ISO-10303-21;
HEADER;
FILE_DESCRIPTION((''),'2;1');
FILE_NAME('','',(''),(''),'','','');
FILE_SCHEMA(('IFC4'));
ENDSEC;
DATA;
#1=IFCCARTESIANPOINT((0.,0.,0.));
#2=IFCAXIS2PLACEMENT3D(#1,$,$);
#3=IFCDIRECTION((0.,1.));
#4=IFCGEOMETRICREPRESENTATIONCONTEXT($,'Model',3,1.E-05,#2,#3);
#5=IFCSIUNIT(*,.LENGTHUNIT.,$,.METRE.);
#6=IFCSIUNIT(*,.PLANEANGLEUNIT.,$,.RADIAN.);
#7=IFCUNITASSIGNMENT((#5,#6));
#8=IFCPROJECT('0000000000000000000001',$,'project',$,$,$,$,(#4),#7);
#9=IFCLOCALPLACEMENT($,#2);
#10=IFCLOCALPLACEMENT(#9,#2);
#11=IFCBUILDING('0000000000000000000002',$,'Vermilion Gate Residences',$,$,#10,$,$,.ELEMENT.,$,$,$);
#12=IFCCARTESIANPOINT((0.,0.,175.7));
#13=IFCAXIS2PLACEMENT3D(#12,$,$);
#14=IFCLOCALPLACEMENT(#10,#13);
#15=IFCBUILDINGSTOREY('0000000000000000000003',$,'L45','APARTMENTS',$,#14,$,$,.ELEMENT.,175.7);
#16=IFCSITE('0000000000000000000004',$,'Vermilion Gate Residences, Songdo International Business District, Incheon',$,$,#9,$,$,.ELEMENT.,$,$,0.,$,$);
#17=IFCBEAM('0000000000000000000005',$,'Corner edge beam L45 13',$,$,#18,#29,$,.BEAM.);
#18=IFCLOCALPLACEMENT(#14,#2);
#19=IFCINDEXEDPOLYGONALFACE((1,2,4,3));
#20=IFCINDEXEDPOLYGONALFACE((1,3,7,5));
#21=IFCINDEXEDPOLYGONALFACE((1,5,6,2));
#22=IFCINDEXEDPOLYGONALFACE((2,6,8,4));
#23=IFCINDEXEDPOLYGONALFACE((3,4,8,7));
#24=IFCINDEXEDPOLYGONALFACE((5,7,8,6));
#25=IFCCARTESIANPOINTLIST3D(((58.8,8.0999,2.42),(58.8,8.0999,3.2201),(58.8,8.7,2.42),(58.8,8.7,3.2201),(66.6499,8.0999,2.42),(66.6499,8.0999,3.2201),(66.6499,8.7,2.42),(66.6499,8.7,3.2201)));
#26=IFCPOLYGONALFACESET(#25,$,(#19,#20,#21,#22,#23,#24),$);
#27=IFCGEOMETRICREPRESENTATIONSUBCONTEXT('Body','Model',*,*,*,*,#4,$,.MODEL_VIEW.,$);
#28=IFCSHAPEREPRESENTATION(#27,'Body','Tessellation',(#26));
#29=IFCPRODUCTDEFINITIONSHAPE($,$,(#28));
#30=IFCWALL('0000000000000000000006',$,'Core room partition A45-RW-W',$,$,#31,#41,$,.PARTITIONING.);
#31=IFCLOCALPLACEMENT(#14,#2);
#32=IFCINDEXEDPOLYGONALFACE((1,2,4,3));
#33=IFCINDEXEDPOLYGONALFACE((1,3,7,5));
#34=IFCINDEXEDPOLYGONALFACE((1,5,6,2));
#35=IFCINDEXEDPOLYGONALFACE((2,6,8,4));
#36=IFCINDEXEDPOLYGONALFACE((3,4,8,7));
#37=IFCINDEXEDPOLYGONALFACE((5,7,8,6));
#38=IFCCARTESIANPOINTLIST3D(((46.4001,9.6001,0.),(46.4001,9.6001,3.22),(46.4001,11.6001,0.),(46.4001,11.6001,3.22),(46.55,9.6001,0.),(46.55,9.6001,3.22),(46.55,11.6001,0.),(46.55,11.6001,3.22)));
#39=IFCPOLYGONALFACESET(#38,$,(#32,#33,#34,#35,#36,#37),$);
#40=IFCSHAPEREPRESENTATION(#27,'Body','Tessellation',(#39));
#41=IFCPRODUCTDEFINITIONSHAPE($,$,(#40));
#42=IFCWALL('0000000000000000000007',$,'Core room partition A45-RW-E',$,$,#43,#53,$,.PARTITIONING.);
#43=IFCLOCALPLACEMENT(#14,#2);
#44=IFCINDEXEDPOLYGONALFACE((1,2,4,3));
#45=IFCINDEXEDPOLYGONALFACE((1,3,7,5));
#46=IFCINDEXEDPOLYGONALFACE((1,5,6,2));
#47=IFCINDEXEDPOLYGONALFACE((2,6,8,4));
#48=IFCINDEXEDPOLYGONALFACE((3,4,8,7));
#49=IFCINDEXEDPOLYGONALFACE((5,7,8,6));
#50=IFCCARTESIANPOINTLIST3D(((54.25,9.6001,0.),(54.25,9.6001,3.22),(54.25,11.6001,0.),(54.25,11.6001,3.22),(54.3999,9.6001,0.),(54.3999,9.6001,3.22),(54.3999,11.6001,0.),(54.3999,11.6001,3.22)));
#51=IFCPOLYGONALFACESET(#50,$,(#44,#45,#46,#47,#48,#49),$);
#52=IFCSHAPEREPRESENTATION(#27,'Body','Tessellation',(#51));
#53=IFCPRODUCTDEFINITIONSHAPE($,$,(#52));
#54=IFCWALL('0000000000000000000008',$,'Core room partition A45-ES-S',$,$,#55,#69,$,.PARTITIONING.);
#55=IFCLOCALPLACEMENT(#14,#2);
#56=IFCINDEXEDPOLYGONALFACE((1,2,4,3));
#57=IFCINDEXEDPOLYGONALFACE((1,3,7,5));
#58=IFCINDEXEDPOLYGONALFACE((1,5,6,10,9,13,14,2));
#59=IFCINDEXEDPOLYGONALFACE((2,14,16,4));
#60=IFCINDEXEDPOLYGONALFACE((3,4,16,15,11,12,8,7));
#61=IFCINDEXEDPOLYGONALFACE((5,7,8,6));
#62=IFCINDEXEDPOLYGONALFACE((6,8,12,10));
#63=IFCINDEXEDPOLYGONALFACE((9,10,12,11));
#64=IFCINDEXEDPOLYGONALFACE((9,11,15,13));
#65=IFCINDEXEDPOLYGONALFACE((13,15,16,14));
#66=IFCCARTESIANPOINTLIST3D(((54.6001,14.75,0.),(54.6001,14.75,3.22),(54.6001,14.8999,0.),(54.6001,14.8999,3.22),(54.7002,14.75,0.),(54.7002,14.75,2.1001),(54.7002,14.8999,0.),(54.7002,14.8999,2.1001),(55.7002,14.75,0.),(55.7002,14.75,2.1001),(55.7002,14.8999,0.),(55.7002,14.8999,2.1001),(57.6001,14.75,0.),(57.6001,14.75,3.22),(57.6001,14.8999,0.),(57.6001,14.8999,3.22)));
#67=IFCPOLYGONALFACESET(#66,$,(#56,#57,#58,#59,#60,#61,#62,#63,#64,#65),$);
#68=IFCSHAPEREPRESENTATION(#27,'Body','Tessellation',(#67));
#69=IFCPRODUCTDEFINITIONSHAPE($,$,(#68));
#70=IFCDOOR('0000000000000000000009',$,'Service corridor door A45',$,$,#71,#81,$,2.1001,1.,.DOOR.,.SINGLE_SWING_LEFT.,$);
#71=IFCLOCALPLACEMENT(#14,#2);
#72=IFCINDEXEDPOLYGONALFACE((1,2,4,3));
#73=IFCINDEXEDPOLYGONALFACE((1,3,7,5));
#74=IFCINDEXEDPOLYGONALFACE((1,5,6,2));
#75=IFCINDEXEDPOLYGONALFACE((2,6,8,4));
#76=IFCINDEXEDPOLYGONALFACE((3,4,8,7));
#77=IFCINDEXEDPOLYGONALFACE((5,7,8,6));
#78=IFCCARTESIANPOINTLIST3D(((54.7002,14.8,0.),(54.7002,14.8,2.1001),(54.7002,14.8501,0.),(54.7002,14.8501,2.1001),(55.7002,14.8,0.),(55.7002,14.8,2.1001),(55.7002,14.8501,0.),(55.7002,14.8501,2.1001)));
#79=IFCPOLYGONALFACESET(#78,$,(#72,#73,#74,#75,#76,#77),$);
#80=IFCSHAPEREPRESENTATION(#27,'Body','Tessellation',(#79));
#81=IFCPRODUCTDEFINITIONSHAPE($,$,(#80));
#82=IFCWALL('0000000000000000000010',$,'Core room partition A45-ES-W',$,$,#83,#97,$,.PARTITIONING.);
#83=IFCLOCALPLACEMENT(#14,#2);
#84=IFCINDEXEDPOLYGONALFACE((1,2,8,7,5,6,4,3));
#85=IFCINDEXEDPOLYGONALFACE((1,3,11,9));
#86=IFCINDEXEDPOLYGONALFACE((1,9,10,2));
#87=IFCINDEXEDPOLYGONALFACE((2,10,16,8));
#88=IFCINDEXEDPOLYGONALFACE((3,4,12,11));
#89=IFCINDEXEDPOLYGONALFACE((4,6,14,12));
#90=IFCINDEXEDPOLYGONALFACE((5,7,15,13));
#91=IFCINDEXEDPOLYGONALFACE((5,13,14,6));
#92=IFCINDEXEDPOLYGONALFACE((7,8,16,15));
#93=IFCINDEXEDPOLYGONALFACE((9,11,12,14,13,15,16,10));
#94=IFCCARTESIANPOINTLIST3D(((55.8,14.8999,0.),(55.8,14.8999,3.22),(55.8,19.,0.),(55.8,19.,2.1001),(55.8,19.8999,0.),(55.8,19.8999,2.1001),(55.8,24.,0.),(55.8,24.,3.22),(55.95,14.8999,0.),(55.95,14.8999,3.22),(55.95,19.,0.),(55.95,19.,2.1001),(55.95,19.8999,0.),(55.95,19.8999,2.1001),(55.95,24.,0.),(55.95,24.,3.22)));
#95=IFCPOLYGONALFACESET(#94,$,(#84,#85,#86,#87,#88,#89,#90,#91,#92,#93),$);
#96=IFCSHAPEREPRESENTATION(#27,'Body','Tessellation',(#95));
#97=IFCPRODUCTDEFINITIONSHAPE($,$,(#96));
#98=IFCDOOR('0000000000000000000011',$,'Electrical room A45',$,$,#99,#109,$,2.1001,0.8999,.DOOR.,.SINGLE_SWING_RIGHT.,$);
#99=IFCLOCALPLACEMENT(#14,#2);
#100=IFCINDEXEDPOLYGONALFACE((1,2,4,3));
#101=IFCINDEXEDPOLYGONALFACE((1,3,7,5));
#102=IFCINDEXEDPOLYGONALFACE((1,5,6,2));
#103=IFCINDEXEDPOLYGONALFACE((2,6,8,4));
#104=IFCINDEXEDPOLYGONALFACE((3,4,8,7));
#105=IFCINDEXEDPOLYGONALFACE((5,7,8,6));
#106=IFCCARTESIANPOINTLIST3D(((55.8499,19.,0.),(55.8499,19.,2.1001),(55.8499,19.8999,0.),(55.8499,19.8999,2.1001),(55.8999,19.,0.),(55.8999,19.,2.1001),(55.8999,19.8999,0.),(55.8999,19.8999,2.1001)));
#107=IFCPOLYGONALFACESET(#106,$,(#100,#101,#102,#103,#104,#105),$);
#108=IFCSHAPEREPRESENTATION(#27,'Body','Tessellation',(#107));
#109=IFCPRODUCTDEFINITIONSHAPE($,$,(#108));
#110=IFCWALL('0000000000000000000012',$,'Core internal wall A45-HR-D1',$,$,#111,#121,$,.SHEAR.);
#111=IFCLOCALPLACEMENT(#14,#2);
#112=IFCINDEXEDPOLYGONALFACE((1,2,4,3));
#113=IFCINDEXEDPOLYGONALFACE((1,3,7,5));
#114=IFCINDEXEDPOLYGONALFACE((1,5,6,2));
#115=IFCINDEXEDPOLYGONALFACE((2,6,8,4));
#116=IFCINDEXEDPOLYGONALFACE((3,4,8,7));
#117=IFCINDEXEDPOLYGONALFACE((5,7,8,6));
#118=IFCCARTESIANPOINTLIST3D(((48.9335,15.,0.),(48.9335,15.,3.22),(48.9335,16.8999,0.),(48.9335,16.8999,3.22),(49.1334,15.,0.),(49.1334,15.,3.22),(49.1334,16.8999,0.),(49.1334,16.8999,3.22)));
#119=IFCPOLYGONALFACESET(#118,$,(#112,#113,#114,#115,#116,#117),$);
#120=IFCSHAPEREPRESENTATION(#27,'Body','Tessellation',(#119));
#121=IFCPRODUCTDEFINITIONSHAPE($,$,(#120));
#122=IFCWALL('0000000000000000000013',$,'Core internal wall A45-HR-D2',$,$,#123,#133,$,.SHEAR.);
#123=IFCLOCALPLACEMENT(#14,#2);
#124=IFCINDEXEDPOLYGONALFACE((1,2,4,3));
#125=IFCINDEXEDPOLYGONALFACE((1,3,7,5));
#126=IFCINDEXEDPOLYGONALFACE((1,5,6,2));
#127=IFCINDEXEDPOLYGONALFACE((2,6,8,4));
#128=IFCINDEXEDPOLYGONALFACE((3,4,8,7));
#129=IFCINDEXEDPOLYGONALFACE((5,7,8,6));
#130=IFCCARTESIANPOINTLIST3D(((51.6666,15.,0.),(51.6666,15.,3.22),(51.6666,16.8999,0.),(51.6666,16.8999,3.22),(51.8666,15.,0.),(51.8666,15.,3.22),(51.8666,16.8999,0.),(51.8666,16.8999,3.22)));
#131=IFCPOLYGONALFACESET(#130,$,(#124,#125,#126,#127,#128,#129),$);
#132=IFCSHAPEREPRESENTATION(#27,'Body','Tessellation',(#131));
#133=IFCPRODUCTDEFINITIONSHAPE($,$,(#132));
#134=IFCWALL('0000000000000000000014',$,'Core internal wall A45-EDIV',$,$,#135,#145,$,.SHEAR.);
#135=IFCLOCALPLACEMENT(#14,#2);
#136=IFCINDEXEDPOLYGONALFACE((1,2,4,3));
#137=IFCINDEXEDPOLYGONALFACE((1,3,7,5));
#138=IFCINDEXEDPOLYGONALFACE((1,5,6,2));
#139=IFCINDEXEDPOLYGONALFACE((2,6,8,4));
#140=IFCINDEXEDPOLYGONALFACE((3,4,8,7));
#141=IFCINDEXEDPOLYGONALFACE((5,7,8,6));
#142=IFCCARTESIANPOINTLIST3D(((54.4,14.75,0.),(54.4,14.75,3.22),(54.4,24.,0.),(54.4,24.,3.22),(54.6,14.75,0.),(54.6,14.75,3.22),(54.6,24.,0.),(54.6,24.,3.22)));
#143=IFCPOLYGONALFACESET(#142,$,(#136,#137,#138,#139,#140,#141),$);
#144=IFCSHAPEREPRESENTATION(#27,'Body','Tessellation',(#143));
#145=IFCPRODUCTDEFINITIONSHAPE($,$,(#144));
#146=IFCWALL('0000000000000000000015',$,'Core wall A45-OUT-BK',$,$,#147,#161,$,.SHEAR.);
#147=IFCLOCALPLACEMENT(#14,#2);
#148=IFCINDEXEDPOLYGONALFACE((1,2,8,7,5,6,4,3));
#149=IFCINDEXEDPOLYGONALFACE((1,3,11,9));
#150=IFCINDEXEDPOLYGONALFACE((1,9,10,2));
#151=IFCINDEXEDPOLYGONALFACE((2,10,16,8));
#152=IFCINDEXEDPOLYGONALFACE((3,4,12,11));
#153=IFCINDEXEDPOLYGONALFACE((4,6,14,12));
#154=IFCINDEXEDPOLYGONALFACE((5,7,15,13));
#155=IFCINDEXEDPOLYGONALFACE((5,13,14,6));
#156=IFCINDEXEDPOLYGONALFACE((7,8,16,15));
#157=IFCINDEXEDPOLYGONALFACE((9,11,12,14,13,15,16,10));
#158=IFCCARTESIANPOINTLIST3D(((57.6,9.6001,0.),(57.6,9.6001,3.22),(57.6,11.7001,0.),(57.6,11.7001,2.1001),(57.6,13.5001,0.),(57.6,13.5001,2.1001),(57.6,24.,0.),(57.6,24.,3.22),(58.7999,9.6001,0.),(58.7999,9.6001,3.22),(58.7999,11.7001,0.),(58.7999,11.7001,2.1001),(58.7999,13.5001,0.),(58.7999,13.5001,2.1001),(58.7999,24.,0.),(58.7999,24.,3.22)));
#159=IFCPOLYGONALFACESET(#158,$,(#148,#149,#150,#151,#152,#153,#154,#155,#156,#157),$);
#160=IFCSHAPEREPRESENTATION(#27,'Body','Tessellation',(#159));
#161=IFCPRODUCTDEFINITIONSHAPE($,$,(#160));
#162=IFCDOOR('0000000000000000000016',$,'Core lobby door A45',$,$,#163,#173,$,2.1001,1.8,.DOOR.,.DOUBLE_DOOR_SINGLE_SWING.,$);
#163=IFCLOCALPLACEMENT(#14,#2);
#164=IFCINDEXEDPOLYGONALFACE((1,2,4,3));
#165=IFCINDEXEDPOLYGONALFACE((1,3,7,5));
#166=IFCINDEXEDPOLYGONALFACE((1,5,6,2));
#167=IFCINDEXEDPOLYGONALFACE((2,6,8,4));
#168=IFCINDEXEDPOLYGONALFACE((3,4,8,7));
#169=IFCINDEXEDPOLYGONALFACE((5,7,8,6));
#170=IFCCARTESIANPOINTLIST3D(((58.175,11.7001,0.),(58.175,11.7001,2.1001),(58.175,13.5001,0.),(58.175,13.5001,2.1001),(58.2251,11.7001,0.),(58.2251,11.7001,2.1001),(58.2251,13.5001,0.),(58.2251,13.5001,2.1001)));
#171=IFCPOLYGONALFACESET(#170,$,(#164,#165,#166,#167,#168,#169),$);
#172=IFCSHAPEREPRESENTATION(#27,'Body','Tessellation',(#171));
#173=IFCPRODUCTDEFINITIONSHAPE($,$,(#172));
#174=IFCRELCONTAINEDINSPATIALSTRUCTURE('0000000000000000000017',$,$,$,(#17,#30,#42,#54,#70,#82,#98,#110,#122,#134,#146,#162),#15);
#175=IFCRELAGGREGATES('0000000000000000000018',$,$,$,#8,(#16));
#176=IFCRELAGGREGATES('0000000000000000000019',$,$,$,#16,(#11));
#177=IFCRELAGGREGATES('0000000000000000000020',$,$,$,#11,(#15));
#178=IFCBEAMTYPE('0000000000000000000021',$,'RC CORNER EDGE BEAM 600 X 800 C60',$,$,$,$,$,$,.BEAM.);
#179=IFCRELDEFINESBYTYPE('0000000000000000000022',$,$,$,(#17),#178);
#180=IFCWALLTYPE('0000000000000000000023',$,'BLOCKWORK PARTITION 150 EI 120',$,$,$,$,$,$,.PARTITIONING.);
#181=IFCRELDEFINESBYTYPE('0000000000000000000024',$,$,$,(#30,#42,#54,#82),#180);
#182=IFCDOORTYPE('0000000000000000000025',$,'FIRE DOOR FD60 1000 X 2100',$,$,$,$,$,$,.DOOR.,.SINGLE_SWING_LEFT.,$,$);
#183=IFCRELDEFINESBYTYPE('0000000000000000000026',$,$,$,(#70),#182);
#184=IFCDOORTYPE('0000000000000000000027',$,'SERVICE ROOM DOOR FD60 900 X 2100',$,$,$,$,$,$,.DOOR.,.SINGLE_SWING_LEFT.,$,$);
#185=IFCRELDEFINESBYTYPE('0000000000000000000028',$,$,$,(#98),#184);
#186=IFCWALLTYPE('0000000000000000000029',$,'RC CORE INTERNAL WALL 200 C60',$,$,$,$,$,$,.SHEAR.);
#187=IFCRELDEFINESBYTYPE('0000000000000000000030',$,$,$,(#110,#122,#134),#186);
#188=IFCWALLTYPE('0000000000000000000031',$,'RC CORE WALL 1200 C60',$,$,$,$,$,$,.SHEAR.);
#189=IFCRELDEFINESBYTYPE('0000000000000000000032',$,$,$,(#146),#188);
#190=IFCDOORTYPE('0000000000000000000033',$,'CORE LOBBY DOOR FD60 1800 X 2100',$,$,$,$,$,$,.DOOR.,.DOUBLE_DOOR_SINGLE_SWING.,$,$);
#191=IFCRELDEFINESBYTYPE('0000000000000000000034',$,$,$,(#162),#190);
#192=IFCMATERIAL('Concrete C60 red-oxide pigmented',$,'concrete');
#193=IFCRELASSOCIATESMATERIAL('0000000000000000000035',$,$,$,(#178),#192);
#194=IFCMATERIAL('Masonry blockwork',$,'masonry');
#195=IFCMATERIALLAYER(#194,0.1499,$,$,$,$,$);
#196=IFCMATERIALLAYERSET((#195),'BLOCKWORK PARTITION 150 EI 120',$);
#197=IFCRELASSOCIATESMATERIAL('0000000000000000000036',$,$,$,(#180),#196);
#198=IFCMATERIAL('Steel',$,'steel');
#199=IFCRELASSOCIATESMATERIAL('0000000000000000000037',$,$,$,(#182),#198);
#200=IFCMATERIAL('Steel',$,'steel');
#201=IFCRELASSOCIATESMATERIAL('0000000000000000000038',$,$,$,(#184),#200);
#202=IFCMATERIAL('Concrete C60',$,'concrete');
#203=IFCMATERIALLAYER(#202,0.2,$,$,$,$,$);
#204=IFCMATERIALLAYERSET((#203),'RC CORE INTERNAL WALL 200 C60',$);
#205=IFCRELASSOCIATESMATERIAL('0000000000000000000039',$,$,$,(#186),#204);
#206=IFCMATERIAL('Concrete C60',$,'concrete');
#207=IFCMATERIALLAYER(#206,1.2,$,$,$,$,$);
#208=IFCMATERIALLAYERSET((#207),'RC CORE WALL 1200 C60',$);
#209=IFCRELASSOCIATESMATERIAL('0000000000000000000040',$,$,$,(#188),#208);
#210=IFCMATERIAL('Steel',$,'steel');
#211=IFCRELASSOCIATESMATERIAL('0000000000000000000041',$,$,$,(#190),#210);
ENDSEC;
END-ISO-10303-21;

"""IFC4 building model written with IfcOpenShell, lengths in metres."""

from ifc_helpers import new_model, si_unit, direction, frame, frame_2d, origin, origin_2d, place, context, subcontext, project, spatial, rectangle, extrude, material, layer, layer_set, material_profile, profile_set, type_object, element, fill, save


model = new_model("IFC4")

# Units and contexts
model_context = context("Model", 3, precision=1e-05, world=origin(), true_north=direction((0.0, 1.0)))
body_context = subcontext(model_context, "Body", "Model", "MODEL_VIEW")
ifc_project = project(units=[si_unit("LENGTHUNIT", "METRE"), si_unit("PLANEANGLEUNIT", "RADIAN")], contexts=[model_context])

# Site, building, storey
site_placement = place(None, origin())
site = spatial("IfcSite", under=ifc_project, at=site_placement, Name="Vermilion Gate Residences, Songdo International Business District, Incheon", CompositionType="ELEMENT", RefElevation=0.0)
building_placement = place(site_placement, origin())
building = spatial("IfcBuilding", under=site, at=building_placement, Name="Vermilion Gate Residences", CompositionType="ELEMENT")
storey_placement = place(building_placement, frame((0.0, 0.0, 175.7)))
storey = spatial("IfcBuildingStorey", under=building, at=storey_placement, Name="L45", Description="APARTMENTS", CompositionType="ELEMENT", Elevation=175.7)

# Beam
ifc_material_1 = material(Name="Concrete C60 red-oxide pigmented", Category="concrete")
ifc_material_profile = material_profile(ifc_material_1, rectangle(XDim=0.6001, YDim=0.8, at=origin_2d()), Name="RC-600x800")
ifc_profile_set = profile_set([ifc_material_profile], Name="Concrete C60 red-oxide pigmented")
beam_type = type_object("IfcBeamType", Name="RC CORNER EDGE BEAM 600 X 800 C60", PredefinedType="BEAM", material=ifc_profile_set)
beam_placement = place(storey_placement, frame((58.8, 8.3999, 2.8201), z_axis=(1.0, 0.0, 0.0), x_axis=(0.0, 1.0, 0.0)))
element("IfcBeam", 1, at=beam_placement, inside=storey, type_object=beam_type, Name="Corner edge beam L45 13", PredefinedType="BEAM", context=body_context, shape_type="SweptSolid", body=[
    extrude(rectangle(XDim=0.6001, YDim=0.8, at=origin_2d()), origin(), (0.0, 0.0, 1.0), 7.8499),
])

# Walls
ifc_material_2 = material(Name="Masonry blockwork", Category="masonry")
ifc_layer_1 = layer(ifc_material_2, 0.1499)
ifc_layer_set_1 = layer_set([ifc_layer_1], Name="BLOCKWORK PARTITION 150 EI 120")
wall_type_1 = type_object("IfcWallType", Name="BLOCKWORK PARTITION 150 EI 120", PredefinedType="PARTITIONING", material=ifc_layer_set_1)
for number, where, z_axis, x_axis, name in (
    (2, (46.4751, 9.6001, 0.0), (0.0, 0.0, 1.0), (0.0, 1.0, 0.0), "Core room partition A45-RW-W"),
    (3, (54.325, 9.6001, 0.0), (0.0, 0.0, 1.0), (0.0, 1.0, 0.0), "Core room partition A45-RW-E"),
):
    element("IfcWall", number, at=place(storey_placement, frame(where, z_axis=z_axis, x_axis=x_axis)), inside=storey, type_object=wall_type_1, Name=name, PredefinedType="PARTITIONING", context=body_context, shape_type="SweptSolid", body=[
        extrude(rectangle(XDim=2.0, YDim=0.1499, at=frame_2d((1.0, 0.0))), origin(), (0.0, 0.0, 1.0), 3.22),
    ])

# Walls, openings, doors
wall_1_placement = place(storey_placement, frame((54.6001, 14.825, 0.0), z_axis=(0.0, 0.0, 1.0), x_axis=(1.0, 0.0, 0.0)))
wall_1 = element("IfcWall", 4, at=wall_1_placement, inside=storey, type_object=wall_type_1, Name="Core room partition A45-ES-S", PredefinedType="PARTITIONING", context=body_context, shape_type="SweptSolid", body=[
    extrude(rectangle(XDim=3.0, YDim=0.1499, at=frame_2d((1.5, 0.0))), origin(), (0.0, 0.0, 1.0), 3.22),
])
opening_1_placement = place(wall_1_placement, frame((0.1001, 0.0, 0.0)))
opening_1 = element("IfcOpeningElement", 5, at=opening_1_placement, cuts=wall_1, PredefinedType="OPENING", context=body_context, shape_type="SweptSolid", body=[
    extrude(rectangle(XDim=1.0, YDim=2.1001, at=frame_2d((0.5, 1.05))), frame((0.0, 0.085, 0.0), z_axis=(0.0, -1.0, 0.0), x_axis=(1.0, 0.0, 0.0)), (0.0, 0.0, 1.0), 0.1699),
])
ifc_material_3 = material(Name="Steel", Category="steel")
door_type_1 = type_object("IfcDoorType", Name="FIRE DOOR FD60 1000 X 2100", OperationType="SINGLE_SWING_LEFT", PredefinedType="DOOR", material=ifc_material_3)
door_1_placement = place(opening_1_placement, frame((1.0, 0.0, 0.0), z_axis=(0.0, 0.0, 1.0), x_axis=(-1.0, 0.0, 0.0)))
door_1 = element("IfcDoor", 6, at=door_1_placement, inside=storey, type_object=door_type_1, Name="Service corridor door A45", OperationType="SINGLE_SWING_LEFT", OverallHeight=2.1001, OverallWidth=1.0, PredefinedType="DOOR", context=body_context, shape_type="SweptSolid", body=[
    extrude(rectangle(XDim=1.0, YDim=2.1001, at=frame_2d((0.5, 1.05))), frame((0.0, 0.0249, 0.0), z_axis=(0.0, -1.0, 0.0), x_axis=(1.0, 0.0, 0.0)), (0.0, 0.0, 1.0), 0.05),
])
fill(opening_1, door_1)
wall_2_placement = place(storey_placement, frame((55.875, 14.8999, 0.0), z_axis=(0.0, 0.0, 1.0), x_axis=(0.0, 1.0, 0.0)))
wall_2 = element("IfcWall", 7, at=wall_2_placement, inside=storey, type_object=wall_type_1, Name="Core room partition A45-ES-W", PredefinedType="PARTITIONING", context=body_context, shape_type="SweptSolid", body=[
    extrude(rectangle(XDim=9.1001, YDim=0.1499, at=frame_2d((4.55, 0.0))), origin(), (0.0, 0.0, 1.0), 3.22),
])
opening_2_placement = place(wall_2_placement, frame((4.1001, 0.0, 0.0)))
opening_2 = element("IfcOpeningElement", 8, at=opening_2_placement, cuts=wall_2, PredefinedType="OPENING", context=body_context, shape_type="SweptSolid", body=[
    extrude(rectangle(XDim=0.8999, YDim=2.1001, at=frame_2d((0.45, 1.05))), frame((0.0, 0.085, 0.0), z_axis=(0.0, -1.0, 0.0), x_axis=(1.0, 0.0, 0.0)), (0.0, 0.0, 1.0), 0.1699),
])
ifc_material_4 = material(Name="Steel", Category="steel")
door_type_2 = type_object("IfcDoorType", Name="SERVICE ROOM DOOR FD60 900 X 2100", OperationType="SINGLE_SWING_LEFT", PredefinedType="DOOR", material=ifc_material_4)
door_2_placement = place(opening_2_placement, frame((0.8999, 0.0, 0.0), z_axis=(0.0, 0.0, 1.0), x_axis=(-1.0, 0.0, 0.0)))
door_2 = element("IfcDoor", 9, at=door_2_placement, inside=storey, type_object=door_type_2, Name="Electrical room A45", OperationType="SINGLE_SWING_RIGHT", OverallHeight=2.1001, OverallWidth=0.8999, PredefinedType="DOOR", context=body_context, shape_type="SweptSolid", body=[
    extrude(rectangle(XDim=0.8999, YDim=2.1001, at=frame_2d((0.45, 1.05))), frame((0.0, 0.0249, 0.0), z_axis=(0.0, -1.0, 0.0), x_axis=(1.0, 0.0, 0.0)), (0.0, 0.0, 1.0), 0.05),
])
fill(opening_2, door_2)

# Walls
ifc_material_5 = material(Name="Concrete C60", Category="concrete")
ifc_layer_2 = layer(ifc_material_5, 0.2)
ifc_layer_set_2 = layer_set([ifc_layer_2], Name="RC CORE INTERNAL WALL 200 C60")
wall_type_2 = type_object("IfcWallType", Name="RC CORE INTERNAL WALL 200 C60", PredefinedType="SHEAR", material=ifc_layer_set_2)
for number, where, z_axis, x_axis, name in (
    (10, (49.0334, 15.0, 0.0), (0.0, 0.0, 1.0), (0.0, 1.0, 0.0), "Core internal wall A45-HR-D1"),
    (11, (51.7666, 15.0, 0.0), (0.0, 0.0, 1.0), (0.0, 1.0, 0.0), "Core internal wall A45-HR-D2"),
):
    element("IfcWall", number, at=place(storey_placement, frame(where, z_axis=z_axis, x_axis=x_axis)), inside=storey, type_object=wall_type_2, Name=name, PredefinedType="SHEAR", context=body_context, shape_type="SweptSolid", body=[
        extrude(rectangle(XDim=1.8999, YDim=0.2, at=frame_2d((0.95, 0.0))), origin(), (0.0, 0.0, 1.0), 3.22),
    ])
wall_3_placement = place(storey_placement, frame((54.5, 14.75, 0.0), z_axis=(0.0, 0.0, 1.0), x_axis=(0.0, 1.0, 0.0)))
element("IfcWall", 12, at=wall_3_placement, inside=storey, type_object=wall_type_2, Name="Core internal wall A45-EDIV", PredefinedType="SHEAR", context=body_context, shape_type="SweptSolid", body=[
    extrude(rectangle(XDim=9.25, YDim=0.2, at=frame_2d((4.625, 0.0))), origin(), (0.0, 0.0, 1.0), 3.22),
])

# Wall, opening, door
ifc_material_6 = material(Name="Concrete C60", Category="concrete")
ifc_layer_3 = layer(ifc_material_6, 1.2)
ifc_layer_set_3 = layer_set([ifc_layer_3], Name="RC CORE WALL 1200 C60")
wall_type_3 = type_object("IfcWallType", Name="RC CORE WALL 1200 C60", PredefinedType="SHEAR", material=ifc_layer_set_3)
wall_4_placement = place(storey_placement, frame((58.2, 9.6001, 0.0), z_axis=(0.0, 0.0, 1.0), x_axis=(0.0, 1.0, 0.0)))
wall_4 = element("IfcWall", 13, at=wall_4_placement, inside=storey, type_object=wall_type_3, Name="Core wall A45-OUT-BK", PredefinedType="SHEAR", context=body_context, shape_type="SweptSolid", body=[
    extrude(rectangle(XDim=14.3999, YDim=1.2, at=frame_2d((7.2, 0.0))), origin(), (0.0, 0.0, 1.0), 3.22),
])
opening_3_placement = place(wall_4_placement, frame((2.1001, 0.0, 0.0)))
opening_3 = element("IfcOpeningElement", 14, at=opening_3_placement, cuts=wall_4, PredefinedType="OPENING", context=body_context, shape_type="SweptSolid", body=[
    extrude(rectangle(XDim=1.8, YDim=2.1001, at=frame_2d((0.8999, 1.05))), frame((0.0, 0.6099, 0.0), z_axis=(0.0, -1.0, 0.0), x_axis=(1.0, 0.0, 0.0)), (0.0, 0.0, 1.0), 1.22),
])
ifc_material_7 = material(Name="Steel", Category="steel")
door_type_3 = type_object("IfcDoorType", Name="CORE LOBBY DOOR FD60 1800 X 2100", OperationType="DOUBLE_DOOR_SINGLE_SWING", PredefinedType="DOOR", material=ifc_material_7)
door_3_placement = place(opening_3_placement, origin())
door_3 = element("IfcDoor", 15, at=door_3_placement, inside=storey, type_object=door_type_3, Name="Core lobby door A45", OperationType="DOUBLE_DOOR_SINGLE_SWING", OverallHeight=2.1001, OverallWidth=1.8, PredefinedType="DOOR", context=body_context, shape_type="SweptSolid", body=[
    extrude(rectangle(XDim=1.8, YDim=2.1001, at=frame_2d((0.8999, 1.05))), frame((0.0, 0.0249, 0.0), z_axis=(0.0, -1.0, 0.0), x_axis=(1.0, 0.0, 0.0)), (0.0, 0.0, 1.0), 0.05),
])
fill(opening_3, door_3)

save(model, "model.ifc")
